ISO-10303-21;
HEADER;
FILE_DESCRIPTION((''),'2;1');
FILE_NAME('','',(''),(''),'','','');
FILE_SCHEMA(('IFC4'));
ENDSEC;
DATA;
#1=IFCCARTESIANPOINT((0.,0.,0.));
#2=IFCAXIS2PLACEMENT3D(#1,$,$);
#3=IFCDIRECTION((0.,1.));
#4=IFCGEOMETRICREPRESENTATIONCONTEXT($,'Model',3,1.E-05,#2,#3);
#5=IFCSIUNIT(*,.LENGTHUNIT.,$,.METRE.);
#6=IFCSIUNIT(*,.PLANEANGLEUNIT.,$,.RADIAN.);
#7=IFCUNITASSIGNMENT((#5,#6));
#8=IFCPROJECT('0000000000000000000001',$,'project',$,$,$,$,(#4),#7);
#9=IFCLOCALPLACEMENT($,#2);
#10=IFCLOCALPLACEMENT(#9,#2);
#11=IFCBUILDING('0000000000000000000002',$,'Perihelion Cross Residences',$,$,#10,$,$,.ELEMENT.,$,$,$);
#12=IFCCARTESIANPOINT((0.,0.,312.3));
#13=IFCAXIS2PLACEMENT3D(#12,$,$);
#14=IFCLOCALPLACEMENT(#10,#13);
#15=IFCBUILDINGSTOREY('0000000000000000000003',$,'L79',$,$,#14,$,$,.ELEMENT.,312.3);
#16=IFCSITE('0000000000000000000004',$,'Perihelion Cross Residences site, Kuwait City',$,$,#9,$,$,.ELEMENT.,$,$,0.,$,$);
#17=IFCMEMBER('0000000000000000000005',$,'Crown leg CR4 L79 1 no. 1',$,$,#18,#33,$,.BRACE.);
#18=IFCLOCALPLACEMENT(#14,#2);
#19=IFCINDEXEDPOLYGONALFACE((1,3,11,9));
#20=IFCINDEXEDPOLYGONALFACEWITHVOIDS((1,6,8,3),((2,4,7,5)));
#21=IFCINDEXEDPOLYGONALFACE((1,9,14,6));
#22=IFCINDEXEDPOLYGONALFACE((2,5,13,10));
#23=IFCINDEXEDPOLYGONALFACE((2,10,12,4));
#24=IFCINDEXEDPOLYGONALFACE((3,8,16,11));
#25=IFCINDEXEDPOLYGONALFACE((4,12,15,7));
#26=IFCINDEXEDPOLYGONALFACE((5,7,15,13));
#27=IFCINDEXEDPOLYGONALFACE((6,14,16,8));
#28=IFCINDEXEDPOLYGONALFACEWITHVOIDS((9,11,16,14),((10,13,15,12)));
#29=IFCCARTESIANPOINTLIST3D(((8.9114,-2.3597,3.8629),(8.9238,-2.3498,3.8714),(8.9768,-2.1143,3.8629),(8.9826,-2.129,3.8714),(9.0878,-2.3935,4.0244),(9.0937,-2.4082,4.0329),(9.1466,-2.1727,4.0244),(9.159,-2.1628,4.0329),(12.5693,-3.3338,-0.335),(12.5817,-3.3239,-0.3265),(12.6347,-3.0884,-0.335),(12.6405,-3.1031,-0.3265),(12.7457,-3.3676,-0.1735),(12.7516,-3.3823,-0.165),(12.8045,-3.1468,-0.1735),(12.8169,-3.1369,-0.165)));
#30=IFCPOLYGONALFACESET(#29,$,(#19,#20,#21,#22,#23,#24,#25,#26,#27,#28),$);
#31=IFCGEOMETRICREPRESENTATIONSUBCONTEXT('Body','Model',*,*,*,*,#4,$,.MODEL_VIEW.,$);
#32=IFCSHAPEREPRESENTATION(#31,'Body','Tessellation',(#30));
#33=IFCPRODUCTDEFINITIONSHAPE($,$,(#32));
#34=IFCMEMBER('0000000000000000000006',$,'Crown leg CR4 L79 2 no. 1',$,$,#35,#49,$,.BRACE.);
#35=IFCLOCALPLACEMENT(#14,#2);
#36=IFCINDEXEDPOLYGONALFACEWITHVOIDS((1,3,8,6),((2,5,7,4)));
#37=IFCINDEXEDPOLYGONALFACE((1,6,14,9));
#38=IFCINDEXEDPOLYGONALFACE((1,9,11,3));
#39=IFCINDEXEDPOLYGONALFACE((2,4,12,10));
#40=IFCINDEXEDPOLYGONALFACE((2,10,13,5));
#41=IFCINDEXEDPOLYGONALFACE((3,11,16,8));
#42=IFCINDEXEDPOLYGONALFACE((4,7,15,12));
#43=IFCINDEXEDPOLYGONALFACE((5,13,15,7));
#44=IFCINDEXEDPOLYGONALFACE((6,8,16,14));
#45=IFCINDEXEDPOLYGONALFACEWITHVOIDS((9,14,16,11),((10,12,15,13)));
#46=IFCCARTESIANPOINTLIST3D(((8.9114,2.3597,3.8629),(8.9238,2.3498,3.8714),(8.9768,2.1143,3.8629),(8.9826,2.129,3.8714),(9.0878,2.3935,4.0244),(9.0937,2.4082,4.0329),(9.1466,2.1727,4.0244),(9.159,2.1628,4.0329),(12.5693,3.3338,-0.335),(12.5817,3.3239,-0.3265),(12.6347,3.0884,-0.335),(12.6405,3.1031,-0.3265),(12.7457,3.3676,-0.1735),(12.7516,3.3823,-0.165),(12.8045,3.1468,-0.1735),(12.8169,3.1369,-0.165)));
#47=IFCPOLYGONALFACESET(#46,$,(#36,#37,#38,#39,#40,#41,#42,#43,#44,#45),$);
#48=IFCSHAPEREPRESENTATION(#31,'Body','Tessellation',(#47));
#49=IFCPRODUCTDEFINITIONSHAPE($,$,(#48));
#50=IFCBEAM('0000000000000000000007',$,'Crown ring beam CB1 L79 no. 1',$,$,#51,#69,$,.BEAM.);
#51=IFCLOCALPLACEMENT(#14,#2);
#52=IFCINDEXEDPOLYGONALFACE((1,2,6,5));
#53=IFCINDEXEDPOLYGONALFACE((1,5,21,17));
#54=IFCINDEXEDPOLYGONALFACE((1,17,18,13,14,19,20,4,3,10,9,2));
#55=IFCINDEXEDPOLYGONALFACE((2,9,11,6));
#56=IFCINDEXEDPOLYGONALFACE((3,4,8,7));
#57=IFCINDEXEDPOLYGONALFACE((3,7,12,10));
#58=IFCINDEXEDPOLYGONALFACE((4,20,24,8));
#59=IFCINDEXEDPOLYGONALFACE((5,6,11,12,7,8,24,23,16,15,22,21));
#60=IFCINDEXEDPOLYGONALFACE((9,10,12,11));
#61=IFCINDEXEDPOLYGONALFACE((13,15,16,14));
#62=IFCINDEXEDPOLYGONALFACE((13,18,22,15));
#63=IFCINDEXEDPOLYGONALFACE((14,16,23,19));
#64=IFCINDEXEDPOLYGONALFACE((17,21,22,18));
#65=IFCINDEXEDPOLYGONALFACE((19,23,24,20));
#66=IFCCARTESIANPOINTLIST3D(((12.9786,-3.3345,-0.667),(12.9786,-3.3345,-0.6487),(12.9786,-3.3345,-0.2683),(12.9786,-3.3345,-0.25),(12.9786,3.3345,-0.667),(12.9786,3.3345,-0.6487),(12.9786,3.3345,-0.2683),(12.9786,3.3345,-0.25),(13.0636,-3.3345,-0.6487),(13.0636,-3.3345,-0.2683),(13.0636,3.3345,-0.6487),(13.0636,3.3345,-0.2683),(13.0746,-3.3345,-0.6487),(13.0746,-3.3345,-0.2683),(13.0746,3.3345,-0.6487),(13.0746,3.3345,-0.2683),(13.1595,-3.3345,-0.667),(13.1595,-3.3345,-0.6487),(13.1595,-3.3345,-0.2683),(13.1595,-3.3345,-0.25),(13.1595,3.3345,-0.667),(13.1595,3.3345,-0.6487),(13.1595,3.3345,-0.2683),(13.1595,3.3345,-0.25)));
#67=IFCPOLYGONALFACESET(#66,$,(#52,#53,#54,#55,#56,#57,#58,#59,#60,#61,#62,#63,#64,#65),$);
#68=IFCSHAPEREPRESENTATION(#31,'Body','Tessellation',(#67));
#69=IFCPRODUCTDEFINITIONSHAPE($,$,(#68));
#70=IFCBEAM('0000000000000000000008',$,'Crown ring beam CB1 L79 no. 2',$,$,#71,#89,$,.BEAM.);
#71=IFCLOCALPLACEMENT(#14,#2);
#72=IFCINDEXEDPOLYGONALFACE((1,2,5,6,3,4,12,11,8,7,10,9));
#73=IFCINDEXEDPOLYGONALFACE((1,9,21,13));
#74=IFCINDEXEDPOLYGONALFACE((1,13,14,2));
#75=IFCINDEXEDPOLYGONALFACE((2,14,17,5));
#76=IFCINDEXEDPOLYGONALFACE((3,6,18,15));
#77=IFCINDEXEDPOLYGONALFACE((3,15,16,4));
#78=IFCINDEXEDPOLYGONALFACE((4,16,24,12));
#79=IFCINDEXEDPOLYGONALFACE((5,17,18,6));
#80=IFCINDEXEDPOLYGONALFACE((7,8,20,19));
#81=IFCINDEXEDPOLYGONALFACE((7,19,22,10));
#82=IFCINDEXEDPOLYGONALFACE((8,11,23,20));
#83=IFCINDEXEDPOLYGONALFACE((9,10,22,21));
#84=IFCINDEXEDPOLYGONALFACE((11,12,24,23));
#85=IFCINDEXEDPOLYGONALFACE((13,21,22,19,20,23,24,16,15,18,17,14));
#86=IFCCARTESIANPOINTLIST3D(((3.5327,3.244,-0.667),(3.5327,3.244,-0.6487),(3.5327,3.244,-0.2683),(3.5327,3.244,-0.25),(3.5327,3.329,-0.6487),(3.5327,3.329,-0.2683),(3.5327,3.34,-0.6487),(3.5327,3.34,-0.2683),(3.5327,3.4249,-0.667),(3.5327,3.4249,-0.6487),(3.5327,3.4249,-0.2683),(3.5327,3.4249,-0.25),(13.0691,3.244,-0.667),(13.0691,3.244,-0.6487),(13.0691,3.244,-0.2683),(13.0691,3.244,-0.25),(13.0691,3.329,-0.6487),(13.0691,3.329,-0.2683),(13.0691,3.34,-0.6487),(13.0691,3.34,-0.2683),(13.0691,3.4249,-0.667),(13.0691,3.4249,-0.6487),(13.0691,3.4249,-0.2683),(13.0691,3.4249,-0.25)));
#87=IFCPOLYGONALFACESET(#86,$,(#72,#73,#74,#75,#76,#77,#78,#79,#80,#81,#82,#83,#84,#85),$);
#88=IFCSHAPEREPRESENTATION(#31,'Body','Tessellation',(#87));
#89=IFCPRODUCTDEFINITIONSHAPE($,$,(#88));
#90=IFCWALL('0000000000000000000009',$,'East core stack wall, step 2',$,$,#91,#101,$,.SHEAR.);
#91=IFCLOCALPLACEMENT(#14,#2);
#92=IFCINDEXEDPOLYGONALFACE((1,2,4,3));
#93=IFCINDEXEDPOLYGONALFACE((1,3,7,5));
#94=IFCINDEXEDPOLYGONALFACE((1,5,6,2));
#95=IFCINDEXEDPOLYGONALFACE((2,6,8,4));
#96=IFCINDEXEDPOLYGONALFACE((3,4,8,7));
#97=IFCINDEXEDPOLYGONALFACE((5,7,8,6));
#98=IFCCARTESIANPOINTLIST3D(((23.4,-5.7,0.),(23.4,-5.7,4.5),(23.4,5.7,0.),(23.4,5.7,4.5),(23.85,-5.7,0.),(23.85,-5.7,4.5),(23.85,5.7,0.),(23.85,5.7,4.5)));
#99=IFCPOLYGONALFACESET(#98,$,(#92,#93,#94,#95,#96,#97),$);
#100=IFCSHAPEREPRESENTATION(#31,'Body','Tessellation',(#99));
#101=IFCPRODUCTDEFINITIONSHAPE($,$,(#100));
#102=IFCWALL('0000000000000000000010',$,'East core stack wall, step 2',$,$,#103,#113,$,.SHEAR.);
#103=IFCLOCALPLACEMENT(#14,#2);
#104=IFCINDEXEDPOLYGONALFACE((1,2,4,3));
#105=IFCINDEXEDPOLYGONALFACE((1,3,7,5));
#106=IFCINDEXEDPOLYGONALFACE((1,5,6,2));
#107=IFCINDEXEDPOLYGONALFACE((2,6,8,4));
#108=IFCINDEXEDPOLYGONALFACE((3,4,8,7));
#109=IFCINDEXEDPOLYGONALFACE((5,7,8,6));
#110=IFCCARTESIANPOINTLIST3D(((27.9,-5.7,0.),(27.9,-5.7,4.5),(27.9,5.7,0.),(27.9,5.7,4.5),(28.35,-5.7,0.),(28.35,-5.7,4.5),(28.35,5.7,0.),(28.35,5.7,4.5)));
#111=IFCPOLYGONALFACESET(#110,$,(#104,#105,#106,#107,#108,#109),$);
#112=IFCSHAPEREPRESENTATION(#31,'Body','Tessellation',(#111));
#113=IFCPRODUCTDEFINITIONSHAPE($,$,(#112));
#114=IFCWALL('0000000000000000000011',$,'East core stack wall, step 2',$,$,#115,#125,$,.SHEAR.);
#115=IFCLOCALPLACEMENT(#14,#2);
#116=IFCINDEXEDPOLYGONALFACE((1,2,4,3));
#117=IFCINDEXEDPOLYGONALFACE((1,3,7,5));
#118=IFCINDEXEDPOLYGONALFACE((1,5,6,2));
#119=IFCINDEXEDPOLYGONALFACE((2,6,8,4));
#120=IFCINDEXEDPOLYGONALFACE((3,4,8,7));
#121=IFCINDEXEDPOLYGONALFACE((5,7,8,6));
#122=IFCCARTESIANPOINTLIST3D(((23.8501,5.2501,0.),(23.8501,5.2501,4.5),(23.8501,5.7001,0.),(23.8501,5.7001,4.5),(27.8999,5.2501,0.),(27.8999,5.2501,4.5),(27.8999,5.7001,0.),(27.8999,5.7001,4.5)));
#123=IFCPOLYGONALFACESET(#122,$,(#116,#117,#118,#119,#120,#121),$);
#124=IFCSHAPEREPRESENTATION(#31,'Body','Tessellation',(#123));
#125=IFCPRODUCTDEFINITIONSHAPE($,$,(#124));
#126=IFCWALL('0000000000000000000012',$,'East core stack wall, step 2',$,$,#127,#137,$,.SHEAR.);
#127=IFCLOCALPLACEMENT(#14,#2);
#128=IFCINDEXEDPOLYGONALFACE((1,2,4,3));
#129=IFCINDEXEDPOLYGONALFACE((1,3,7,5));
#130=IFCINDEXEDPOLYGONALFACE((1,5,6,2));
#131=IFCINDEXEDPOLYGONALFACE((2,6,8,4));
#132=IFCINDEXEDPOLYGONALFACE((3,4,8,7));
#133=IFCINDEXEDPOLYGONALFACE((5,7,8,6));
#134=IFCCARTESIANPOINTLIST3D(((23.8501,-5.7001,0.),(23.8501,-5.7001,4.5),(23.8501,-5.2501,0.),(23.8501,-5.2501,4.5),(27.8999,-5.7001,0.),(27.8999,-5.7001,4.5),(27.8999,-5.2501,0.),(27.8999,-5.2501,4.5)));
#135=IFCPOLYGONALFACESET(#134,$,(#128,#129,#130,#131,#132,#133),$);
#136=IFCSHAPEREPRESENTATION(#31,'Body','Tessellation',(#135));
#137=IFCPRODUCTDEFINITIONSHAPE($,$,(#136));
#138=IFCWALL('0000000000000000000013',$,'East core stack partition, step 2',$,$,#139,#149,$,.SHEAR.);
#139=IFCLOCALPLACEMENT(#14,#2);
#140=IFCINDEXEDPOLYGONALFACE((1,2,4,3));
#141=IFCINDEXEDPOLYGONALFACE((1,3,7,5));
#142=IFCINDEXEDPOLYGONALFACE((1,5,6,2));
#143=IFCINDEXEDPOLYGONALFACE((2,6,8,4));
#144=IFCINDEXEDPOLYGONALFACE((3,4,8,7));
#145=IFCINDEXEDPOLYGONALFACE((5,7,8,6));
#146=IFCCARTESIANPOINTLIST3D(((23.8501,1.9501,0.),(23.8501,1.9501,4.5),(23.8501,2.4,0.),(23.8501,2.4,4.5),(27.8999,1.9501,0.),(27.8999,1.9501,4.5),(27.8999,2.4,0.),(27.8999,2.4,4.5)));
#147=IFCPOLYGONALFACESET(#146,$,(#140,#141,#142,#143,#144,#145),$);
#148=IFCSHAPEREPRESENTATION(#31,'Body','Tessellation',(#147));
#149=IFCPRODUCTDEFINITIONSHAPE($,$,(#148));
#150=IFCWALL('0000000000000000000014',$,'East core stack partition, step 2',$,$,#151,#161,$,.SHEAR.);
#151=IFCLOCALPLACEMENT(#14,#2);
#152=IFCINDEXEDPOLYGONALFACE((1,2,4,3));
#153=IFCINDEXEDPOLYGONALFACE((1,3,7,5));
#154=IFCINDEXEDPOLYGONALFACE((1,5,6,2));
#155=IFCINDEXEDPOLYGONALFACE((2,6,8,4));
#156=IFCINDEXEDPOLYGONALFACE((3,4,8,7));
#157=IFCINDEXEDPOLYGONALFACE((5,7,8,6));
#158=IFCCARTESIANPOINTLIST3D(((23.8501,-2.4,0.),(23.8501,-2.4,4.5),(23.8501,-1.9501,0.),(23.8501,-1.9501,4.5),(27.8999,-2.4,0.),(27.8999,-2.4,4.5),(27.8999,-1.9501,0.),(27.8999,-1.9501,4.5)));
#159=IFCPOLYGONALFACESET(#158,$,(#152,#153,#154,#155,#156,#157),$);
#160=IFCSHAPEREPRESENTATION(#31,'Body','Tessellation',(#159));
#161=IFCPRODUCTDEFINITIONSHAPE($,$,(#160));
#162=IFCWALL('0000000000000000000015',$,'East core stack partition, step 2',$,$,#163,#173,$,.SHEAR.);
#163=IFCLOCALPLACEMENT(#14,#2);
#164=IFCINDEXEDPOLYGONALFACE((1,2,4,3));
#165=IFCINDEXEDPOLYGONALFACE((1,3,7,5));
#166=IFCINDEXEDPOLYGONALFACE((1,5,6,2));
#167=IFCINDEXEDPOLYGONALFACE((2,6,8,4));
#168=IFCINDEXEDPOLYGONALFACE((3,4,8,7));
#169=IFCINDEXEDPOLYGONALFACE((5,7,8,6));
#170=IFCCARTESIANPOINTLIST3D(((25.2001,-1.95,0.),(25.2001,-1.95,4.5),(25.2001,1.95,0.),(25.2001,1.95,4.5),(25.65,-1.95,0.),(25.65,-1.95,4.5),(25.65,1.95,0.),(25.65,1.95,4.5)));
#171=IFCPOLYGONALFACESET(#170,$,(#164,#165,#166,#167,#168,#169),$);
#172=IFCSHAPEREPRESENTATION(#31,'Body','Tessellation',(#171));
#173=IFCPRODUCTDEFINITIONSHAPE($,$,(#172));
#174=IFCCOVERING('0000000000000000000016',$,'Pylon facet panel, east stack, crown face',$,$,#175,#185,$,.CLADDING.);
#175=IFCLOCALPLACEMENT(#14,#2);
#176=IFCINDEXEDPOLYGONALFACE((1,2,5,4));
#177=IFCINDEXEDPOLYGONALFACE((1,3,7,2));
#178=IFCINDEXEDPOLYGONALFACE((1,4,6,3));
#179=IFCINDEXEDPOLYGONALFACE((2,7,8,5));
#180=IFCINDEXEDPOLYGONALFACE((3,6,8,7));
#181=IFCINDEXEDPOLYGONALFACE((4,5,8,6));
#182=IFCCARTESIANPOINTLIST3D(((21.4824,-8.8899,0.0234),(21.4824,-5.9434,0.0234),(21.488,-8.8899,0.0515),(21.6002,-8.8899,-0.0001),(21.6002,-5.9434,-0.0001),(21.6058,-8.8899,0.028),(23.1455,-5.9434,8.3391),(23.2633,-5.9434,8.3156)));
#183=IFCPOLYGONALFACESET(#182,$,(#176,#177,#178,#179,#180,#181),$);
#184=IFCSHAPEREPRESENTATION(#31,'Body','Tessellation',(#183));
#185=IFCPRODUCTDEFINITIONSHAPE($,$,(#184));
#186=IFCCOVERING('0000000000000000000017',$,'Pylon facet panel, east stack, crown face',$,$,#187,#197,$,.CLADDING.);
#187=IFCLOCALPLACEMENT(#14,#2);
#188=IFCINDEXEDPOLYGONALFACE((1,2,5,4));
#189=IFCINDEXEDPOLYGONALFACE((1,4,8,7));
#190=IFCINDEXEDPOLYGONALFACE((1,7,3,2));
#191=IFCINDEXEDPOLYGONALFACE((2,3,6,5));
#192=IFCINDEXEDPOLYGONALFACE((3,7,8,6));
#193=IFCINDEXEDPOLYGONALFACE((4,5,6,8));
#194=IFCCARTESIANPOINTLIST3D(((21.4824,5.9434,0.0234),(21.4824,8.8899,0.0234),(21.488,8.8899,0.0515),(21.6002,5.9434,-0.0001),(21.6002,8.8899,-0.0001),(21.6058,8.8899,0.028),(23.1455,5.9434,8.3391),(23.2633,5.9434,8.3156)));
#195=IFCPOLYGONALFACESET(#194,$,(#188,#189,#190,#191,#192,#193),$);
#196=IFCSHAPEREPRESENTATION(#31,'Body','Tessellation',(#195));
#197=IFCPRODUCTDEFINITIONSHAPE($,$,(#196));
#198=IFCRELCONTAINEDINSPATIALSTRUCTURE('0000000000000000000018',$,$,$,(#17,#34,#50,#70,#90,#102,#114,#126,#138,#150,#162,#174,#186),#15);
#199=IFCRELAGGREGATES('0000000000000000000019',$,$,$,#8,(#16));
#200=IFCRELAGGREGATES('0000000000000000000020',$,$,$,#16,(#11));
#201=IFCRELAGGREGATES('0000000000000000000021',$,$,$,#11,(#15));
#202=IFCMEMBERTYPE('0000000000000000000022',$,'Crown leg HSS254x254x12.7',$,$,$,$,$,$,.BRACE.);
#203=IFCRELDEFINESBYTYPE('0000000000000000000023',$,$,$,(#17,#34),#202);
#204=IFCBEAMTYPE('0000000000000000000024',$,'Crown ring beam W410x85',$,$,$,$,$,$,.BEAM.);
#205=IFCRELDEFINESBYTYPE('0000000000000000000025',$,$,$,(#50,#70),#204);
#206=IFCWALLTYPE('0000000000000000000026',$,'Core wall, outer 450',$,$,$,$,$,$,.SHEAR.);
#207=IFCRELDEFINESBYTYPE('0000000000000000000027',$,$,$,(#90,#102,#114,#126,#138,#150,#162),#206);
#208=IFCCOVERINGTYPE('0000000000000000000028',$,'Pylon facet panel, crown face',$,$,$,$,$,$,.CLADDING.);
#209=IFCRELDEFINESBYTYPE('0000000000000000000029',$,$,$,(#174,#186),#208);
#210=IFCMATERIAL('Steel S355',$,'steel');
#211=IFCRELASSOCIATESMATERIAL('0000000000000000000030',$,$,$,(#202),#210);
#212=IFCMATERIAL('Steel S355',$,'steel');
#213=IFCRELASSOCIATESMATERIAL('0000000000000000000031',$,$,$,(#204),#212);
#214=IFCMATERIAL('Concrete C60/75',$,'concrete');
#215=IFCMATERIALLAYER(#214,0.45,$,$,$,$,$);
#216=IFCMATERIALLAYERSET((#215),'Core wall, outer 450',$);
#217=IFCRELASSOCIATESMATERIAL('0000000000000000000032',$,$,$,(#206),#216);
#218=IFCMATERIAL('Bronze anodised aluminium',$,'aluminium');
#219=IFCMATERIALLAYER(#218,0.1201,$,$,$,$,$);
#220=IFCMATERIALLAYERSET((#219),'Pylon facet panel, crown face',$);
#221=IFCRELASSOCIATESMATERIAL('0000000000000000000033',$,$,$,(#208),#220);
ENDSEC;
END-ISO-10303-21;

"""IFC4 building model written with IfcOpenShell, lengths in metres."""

from ifc_helpers import new_model, si_unit, direction, frame, frame_2d, origin, origin_2d, place, context, subcontext, project, spatial, polyline, rectangle, hollow_rectangle, i_section, outline, extrude, material, layer, layer_set, material_profile, profile_set, type_object, element, save


model = new_model("IFC4")

# Units and contexts
model_context = context("Model", 3, precision=1e-05, world=origin(), true_north=direction((0.0, 1.0)))
body_context = subcontext(model_context, "Body", "Model", "MODEL_VIEW")
ifc_project = project(units=[si_unit("LENGTHUNIT", "METRE"), si_unit("PLANEANGLEUNIT", "RADIAN")], contexts=[model_context])

# Site, building, storey
site_placement = place(None, origin())
site = spatial("IfcSite", under=ifc_project, at=site_placement, Name="Perihelion Cross Residences site, Kuwait City", CompositionType="ELEMENT", RefElevation=0.0)
building_placement = place(site_placement, origin())
building = spatial("IfcBuilding", under=site, at=building_placement, Name="Perihelion Cross Residences", CompositionType="ELEMENT")
storey_placement = place(building_placement, frame((0.0, 0.0, 312.3)))
storey = spatial("IfcBuildingStorey", under=building, at=storey_placement, Name="L79", CompositionType="ELEMENT", Elevation=312.3)

# Members
ifc_material_1 = material(Name="Steel S355", Category="steel")
ifc_material_profile_1 = material_profile(ifc_material_1, hollow_rectangle(XDim=0.2539, YDim=0.2539, WallThickness=0.0127, at=origin_2d()), Name="HSS254x254x12.7")
ifc_profile_set_1 = profile_set([ifc_material_profile_1], Name="Steel S355")
member_type = type_object("IfcMemberType", Name="Crown leg HSS254x254x12.7", PredefinedType="BRACE", material=ifc_profile_set_1)
for number, where, z_axis, x_axis, name in (
    (1, (12.6931, -3.2354, -0.25), (-0.64712, 0.172329, 0.742657), (-0.257333, -0.966323, 0.0), "Crown leg CR4 L79 1 no. 1"),
    (2, (12.6931, 3.2354, -0.25), (-0.64712, -0.172329, 0.742657), (0.257333, -0.966323, 0.0), "Crown leg CR4 L79 2 no. 1"),
):
    element("IfcMember", number, at=place(storey_placement, frame(where, z_axis=z_axis, x_axis=x_axis)), inside=storey, type_object=member_type, Name=name, PredefinedType="BRACE", context=body_context, shape_type="SweptSolid", body=[
        extrude(hollow_rectangle(XDim=0.2539, YDim=0.2539, WallThickness=0.0127, at=origin_2d()), origin(), (0.0, 0.0, 1.0), 5.6526),
    ])

# Beams
ifc_material_2 = material(Name="Steel S355", Category="steel")
ifc_material_profile_2 = material_profile(ifc_material_2, i_section(OverallWidth=0.1809, OverallDepth=0.417, WebThickness=0.011, FlangeThickness=0.0183, at=origin_2d()), Name="W410x85")
ifc_profile_set_2 = profile_set([ifc_material_profile_2], Name="Steel S355")
beam_type = type_object("IfcBeamType", Name="Crown ring beam W410x85", PredefinedType="BEAM", material=ifc_profile_set_2)
beam_1_placement = place(storey_placement, frame((13.0691, -3.3345, -0.4585), z_axis=(0.0, 1.0, 0.0), x_axis=(-1.0, 0.0, 0.0)))
element("IfcBeam", 3, at=beam_1_placement, inside=storey, type_object=beam_type, Name="Crown ring beam CB1 L79 no. 1", PredefinedType="BEAM", context=body_context, shape_type="SweptSolid", body=[
    extrude(i_section(OverallWidth=0.1809, OverallDepth=0.417, WebThickness=0.011, FlangeThickness=0.0183, at=origin_2d()), origin(), (0.0, 0.0, 1.0), 6.6689),
])
beam_2_placement = place(storey_placement, frame((13.0691, 3.3345, -0.4585), z_axis=(-1.0, 0.0, 0.0), x_axis=(0.0, -1.0, 0.0)))
element("IfcBeam", 4, at=beam_2_placement, inside=storey, type_object=beam_type, Name="Crown ring beam CB1 L79 no. 2", PredefinedType="BEAM", context=body_context, shape_type="SweptSolid", body=[
    extrude(i_section(OverallWidth=0.1809, OverallDepth=0.417, WebThickness=0.011, FlangeThickness=0.0183, at=origin_2d()), origin(), (0.0, 0.0, 1.0), 9.5364),
])

# Walls
ifc_material_3 = material(Name="Concrete C60/75", Category="concrete")
ifc_layer_1 = layer(ifc_material_3, 0.45)
ifc_layer_set_1 = layer_set([ifc_layer_1], Name="Core wall, outer 450")
wall_type = type_object("IfcWallType", Name="Core wall, outer 450", PredefinedType="SHEAR", material=ifc_layer_set_1)
for number, where, z_axis, x_axis, name in (
    (5, (23.625, -5.7, 0.0), (0.0, 0.0, 1.0), (0.0, 1.0, 0.0), "East core stack wall, step 2"),
    (6, (28.125, -5.7, 0.0), (0.0, 0.0, 1.0), (0.0, 1.0, 0.0), "East core stack wall, step 2"),
):
    element("IfcWall", number, at=place(storey_placement, frame(where, z_axis=z_axis, x_axis=x_axis)), inside=storey, type_object=wall_type, Name=name, PredefinedType="SHEAR", context=body_context, shape_type="SweptSolid", body=[
        extrude(rectangle(XDim=11.3999, YDim=0.45, at=frame_2d((5.7, 0.0))), origin(), (0.0, 0.0, 1.0), 4.5),
    ])
for number, where, z_axis, x_axis, name in (
    (7, (23.8501, 5.4751, 0.0), (0.0, 0.0, 1.0), (1.0, 0.0, 0.0), "East core stack wall, step 2"),
    (8, (23.8501, -5.4751, 0.0), (0.0, 0.0, 1.0), (1.0, 0.0, 0.0), "East core stack wall, step 2"),
    (9, (23.8501, 2.175, 0.0), (0.0, 0.0, 1.0), (1.0, 0.0, 0.0), "East core stack partition, step 2"),
    (10, (23.8501, -2.175, 0.0), (0.0, 0.0, 1.0), (1.0, 0.0, 0.0), "East core stack partition, step 2"),
):
    element("IfcWall", number, at=place(storey_placement, frame(where, z_axis=z_axis, x_axis=x_axis)), inside=storey, type_object=wall_type, Name=name, PredefinedType="SHEAR", context=body_context, shape_type="SweptSolid", body=[
        extrude(rectangle(XDim=4.0498, YDim=0.45, at=frame_2d((2.0249, 0.0))), origin(), (0.0, 0.0, 1.0), 4.5),
    ])
wall_placement = place(storey_placement, frame((25.425, -1.95, 0.0), z_axis=(0.0, 0.0, 1.0), x_axis=(0.0, 1.0, 0.0)))
element("IfcWall", 11, at=wall_placement, inside=storey, type_object=wall_type, Name="East core stack partition, step 2", PredefinedType="SHEAR", context=body_context, shape_type="SweptSolid", body=[
    extrude(rectangle(XDim=3.8999, YDim=0.45, at=frame_2d((1.95, 0.0))), origin(), (0.0, 0.0, 1.0), 4.5),
])

# Coverings
ifc_material_4 = material(Name="Bronze anodised aluminium", Category="aluminium")
ifc_layer_2 = layer(ifc_material_4, 0.1201)
ifc_layer_set_2 = layer_set([ifc_layer_2], Name="Pylon facet panel, crown face")
covering_type_1 = type_object("IfcCoveringType", Name="Pylon facet panel, crown face", PredefinedType="CLADDING", material=ifc_layer_set_2)
covering_1_placement = place(storey_placement, frame((21.4824, -8.8899, 0.0234), z_axis=(-0.980582, 0.0, 0.196111), x_axis=(0.196111, 0.0, 0.980582)))
element("IfcCovering", 12, at=covering_1_placement, inside=storey, type_object=covering_type_1, Name="Pylon facet panel, east stack, crown face", PredefinedType="CLADDING", context=body_context, shape_type="SweptSolid", body=[
    extrude(outline(polyline([(0.0, 0.0), (0.0286, 0.0), (8.4803, 2.9465), (0.0, 2.9465), (0.0, 0.0)])), origin(), (0.0, 0.0, -1.0), 0.1201),
])
covering_2_placement = place(storey_placement, frame((21.488, 8.8899, 0.0515), z_axis=(-0.980582, 0.0, 0.196111), x_axis=(-0.196111, 0.0, -0.980582)))
element("IfcCovering", 13, at=covering_2_placement, inside=storey, type_object=covering_type_1, Name="Pylon facet panel, east stack, crown face", PredefinedType="CLADDING", context=body_context, shape_type="SweptSolid", body=[
    extrude(outline(polyline([(0.0, 0.0), (0.0286, 0.0), (0.0286, 2.9465), (-8.4517, 2.9465), (0.0, 0.0)])), origin(), (0.0, 0.0, -1.0), 0.1201),
])

save(model, "model.ifc")
